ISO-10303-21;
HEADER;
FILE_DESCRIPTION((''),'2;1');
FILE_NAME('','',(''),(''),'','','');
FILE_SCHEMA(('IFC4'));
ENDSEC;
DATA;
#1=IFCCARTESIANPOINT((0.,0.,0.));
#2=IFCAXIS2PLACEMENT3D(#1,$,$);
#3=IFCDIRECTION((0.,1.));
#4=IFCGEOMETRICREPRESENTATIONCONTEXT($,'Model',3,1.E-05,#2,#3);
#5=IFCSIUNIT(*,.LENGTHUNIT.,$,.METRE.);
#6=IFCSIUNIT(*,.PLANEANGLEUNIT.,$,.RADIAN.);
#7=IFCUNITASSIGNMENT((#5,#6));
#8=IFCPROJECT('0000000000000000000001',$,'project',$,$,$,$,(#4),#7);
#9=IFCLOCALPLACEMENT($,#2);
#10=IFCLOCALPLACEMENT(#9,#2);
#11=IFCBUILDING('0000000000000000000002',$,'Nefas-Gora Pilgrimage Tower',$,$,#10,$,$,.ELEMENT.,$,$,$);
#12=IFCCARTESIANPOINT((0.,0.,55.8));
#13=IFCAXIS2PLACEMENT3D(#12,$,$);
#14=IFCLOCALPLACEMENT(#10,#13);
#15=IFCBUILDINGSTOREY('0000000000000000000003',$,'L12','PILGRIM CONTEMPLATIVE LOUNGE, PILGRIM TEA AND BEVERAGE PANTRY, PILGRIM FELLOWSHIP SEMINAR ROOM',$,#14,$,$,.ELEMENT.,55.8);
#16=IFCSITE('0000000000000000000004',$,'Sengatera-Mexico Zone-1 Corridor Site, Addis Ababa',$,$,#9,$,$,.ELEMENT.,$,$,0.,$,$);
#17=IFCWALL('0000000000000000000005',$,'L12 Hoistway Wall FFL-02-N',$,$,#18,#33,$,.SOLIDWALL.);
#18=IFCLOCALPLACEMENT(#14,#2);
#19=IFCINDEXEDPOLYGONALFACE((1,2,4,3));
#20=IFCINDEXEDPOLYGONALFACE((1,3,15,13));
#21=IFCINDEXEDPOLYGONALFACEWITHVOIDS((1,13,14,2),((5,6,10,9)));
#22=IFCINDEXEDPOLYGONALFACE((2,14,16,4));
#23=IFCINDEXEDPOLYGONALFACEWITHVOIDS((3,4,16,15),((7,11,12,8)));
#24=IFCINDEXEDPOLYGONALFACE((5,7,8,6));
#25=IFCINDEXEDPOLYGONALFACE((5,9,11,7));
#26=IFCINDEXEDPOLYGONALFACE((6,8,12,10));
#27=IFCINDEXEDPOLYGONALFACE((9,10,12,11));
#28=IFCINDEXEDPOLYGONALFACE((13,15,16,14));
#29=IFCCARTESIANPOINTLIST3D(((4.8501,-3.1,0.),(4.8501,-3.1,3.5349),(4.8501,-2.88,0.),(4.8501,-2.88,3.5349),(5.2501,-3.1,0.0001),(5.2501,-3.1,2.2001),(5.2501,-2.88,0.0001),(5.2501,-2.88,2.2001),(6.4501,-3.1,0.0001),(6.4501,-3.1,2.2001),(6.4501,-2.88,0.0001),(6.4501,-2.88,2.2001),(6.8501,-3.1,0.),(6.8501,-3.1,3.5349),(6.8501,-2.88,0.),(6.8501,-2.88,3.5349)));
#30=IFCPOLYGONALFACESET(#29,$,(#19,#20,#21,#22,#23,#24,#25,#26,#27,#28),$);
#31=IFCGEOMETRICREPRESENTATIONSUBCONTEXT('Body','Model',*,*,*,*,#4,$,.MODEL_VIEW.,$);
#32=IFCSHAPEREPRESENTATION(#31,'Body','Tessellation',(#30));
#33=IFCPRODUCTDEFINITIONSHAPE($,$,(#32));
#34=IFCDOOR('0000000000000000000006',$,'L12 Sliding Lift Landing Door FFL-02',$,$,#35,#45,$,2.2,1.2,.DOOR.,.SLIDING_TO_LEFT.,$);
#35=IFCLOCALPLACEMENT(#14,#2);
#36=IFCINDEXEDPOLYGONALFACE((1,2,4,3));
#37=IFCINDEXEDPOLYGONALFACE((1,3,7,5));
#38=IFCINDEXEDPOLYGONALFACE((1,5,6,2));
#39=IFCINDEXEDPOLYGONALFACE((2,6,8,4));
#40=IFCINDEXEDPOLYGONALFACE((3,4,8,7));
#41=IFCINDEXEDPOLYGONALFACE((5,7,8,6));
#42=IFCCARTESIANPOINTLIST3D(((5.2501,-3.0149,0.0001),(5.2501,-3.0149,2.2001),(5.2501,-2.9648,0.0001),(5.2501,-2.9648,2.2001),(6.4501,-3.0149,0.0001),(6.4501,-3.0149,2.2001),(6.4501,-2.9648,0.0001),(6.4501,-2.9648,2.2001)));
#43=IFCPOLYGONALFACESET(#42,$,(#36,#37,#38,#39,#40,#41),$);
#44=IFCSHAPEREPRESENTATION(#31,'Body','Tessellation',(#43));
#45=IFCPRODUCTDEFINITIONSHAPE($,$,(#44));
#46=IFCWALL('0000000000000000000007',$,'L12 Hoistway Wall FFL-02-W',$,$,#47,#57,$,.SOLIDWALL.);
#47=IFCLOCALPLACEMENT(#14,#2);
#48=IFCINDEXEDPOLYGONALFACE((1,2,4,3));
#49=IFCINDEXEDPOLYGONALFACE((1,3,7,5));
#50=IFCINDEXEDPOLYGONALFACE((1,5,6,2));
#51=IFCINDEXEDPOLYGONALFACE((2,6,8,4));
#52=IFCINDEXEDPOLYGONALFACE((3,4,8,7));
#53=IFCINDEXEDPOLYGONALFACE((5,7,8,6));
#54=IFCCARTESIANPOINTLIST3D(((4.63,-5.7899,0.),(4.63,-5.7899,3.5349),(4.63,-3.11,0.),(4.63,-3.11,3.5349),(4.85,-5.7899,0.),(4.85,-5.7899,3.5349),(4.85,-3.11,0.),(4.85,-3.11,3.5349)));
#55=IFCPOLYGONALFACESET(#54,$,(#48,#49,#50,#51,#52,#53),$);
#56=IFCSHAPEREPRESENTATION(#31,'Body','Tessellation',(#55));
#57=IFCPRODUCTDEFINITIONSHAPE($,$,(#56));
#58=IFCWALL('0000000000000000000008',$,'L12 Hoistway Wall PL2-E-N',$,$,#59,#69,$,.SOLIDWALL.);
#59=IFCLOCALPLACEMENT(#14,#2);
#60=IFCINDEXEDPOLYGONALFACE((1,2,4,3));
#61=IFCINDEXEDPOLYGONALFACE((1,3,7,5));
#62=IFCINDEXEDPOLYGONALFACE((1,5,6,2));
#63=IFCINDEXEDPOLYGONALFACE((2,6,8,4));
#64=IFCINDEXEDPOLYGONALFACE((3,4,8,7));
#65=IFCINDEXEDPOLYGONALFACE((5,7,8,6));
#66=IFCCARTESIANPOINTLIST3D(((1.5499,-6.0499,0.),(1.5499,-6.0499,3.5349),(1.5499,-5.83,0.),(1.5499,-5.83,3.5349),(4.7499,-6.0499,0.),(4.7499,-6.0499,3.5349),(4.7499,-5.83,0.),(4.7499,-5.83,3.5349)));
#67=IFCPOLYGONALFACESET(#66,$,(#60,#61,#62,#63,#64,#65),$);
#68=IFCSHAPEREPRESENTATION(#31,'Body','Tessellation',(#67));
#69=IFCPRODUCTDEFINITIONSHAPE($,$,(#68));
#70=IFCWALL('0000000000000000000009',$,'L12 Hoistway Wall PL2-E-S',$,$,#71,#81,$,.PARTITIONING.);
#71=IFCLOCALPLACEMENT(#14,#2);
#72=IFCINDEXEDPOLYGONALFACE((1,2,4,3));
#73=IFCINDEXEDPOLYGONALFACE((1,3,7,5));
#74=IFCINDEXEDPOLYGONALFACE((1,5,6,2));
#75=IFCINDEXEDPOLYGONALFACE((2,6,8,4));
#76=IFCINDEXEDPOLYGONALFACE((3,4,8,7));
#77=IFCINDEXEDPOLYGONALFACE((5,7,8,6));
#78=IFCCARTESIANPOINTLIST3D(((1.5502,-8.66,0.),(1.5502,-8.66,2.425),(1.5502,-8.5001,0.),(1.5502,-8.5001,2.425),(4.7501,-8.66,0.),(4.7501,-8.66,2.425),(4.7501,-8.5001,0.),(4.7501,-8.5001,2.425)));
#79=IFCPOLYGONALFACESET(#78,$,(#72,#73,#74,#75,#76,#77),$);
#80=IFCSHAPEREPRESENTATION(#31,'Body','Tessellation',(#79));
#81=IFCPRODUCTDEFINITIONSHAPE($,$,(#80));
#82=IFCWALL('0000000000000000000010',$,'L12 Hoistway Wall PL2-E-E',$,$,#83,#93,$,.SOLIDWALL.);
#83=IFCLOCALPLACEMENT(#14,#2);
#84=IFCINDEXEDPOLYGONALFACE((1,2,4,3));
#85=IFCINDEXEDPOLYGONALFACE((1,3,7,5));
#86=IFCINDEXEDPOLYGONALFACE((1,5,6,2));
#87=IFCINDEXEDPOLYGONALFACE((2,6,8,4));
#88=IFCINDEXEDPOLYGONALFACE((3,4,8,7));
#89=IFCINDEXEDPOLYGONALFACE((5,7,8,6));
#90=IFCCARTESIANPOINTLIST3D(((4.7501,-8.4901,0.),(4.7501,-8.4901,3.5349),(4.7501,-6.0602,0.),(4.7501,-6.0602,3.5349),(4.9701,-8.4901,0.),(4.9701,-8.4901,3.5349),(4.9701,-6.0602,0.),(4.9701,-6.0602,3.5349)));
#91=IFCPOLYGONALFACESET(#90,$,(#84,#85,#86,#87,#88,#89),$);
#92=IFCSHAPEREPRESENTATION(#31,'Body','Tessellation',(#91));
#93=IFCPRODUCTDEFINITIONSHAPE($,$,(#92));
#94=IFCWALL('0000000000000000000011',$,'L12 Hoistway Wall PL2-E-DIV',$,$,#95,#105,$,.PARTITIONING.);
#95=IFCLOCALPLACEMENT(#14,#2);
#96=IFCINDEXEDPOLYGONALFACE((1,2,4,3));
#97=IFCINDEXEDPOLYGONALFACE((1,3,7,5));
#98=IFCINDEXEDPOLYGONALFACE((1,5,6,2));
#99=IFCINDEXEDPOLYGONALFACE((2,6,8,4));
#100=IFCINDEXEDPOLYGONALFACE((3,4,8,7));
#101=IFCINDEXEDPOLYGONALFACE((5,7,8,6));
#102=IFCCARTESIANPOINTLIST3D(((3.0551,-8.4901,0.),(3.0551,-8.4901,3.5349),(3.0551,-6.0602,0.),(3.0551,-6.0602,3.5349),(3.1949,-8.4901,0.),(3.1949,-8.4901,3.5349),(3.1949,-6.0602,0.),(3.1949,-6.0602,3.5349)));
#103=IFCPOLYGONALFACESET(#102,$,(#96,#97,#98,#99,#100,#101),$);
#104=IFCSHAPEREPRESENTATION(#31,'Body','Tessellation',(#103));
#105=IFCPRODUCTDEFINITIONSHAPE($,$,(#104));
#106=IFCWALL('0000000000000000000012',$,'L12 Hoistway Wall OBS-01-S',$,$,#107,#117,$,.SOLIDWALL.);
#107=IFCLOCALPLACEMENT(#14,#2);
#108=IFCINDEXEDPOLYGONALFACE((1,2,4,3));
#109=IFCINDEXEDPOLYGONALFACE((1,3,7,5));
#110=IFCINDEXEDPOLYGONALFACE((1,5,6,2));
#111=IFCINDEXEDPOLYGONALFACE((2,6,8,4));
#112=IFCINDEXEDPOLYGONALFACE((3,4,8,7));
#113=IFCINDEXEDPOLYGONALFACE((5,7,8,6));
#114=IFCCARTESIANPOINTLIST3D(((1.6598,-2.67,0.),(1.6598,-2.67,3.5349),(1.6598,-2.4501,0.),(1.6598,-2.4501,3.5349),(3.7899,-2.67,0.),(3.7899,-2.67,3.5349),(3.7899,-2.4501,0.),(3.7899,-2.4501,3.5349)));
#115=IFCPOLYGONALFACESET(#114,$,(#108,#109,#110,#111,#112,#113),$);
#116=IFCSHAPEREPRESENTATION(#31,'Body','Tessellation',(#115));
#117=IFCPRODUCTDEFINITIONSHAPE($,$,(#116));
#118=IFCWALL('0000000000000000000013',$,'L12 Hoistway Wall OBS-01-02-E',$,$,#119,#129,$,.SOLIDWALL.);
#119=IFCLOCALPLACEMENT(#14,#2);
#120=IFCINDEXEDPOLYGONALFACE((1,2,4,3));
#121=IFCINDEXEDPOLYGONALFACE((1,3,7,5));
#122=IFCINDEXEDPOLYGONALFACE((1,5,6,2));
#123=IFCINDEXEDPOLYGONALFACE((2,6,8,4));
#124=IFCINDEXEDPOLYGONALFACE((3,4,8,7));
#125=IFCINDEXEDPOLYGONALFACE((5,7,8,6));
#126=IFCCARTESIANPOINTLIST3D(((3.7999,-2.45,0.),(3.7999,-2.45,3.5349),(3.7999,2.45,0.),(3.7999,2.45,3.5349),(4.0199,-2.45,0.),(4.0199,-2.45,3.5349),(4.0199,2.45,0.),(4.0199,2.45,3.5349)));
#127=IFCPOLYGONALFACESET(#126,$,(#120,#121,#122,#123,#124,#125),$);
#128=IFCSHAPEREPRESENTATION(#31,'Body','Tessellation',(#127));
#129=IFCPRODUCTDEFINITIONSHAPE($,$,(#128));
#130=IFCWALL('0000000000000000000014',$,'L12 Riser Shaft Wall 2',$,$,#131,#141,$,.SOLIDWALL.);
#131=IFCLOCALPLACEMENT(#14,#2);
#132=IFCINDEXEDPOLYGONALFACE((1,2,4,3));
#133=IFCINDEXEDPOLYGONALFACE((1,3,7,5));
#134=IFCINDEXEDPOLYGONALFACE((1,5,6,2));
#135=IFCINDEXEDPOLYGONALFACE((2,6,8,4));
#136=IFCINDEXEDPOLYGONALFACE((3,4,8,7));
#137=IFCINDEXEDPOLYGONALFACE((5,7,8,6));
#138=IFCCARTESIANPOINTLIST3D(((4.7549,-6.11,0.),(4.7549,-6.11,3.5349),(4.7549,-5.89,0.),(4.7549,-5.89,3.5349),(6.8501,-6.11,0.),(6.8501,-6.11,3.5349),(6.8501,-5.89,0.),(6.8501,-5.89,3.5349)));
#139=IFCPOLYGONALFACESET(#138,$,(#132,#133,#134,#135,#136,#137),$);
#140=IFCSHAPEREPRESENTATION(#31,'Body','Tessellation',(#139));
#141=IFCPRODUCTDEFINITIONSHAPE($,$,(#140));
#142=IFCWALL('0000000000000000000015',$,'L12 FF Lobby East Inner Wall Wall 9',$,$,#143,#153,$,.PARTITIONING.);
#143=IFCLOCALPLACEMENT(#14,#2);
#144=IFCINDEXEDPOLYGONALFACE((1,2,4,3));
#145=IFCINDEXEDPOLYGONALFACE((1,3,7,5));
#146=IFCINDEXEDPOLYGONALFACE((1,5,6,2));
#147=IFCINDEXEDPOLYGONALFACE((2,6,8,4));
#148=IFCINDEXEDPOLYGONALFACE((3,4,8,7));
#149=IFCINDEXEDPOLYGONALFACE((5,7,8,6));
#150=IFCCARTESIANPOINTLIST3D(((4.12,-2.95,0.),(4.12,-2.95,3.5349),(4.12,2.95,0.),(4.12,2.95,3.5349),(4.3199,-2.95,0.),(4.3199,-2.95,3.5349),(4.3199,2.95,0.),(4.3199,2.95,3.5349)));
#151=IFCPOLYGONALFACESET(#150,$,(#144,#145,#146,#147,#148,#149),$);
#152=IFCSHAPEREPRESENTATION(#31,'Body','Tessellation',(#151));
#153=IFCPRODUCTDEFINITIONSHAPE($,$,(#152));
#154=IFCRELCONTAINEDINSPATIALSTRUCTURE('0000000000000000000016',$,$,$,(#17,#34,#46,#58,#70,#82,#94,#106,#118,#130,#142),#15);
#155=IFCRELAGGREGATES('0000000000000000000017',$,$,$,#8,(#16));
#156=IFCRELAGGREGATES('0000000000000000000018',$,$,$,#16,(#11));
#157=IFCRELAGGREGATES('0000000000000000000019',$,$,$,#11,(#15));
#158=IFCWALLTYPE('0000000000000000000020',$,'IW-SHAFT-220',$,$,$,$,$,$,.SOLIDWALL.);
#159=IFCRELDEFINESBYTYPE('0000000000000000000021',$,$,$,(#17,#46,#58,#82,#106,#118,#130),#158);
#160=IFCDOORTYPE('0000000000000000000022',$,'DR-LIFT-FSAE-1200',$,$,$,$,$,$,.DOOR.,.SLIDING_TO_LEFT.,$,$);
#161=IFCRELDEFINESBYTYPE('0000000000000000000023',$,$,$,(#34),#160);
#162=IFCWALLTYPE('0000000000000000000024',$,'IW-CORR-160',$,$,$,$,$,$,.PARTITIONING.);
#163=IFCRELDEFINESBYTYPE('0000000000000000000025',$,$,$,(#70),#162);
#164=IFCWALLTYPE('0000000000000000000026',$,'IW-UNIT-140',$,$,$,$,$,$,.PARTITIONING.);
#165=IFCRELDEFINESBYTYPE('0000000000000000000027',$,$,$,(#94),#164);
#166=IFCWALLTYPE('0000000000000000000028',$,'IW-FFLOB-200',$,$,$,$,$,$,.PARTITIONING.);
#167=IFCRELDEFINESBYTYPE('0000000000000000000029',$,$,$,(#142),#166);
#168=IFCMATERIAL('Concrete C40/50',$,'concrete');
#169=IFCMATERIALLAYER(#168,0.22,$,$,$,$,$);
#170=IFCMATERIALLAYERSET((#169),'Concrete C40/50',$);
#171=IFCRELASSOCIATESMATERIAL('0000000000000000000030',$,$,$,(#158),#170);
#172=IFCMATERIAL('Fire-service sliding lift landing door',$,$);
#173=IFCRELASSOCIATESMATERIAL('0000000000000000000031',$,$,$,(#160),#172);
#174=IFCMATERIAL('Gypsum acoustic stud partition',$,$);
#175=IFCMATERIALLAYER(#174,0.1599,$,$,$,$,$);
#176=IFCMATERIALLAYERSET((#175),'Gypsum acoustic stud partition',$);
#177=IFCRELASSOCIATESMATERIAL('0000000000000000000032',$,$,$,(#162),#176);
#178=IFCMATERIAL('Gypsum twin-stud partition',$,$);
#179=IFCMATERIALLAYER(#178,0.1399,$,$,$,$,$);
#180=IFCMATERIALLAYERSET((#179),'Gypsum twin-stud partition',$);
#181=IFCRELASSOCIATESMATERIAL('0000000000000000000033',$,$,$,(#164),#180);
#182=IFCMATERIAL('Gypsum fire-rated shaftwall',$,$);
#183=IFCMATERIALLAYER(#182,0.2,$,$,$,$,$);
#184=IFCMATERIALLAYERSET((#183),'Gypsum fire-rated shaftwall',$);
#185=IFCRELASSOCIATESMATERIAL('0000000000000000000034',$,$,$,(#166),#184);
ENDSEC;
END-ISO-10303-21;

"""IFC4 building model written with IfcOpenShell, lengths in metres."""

from ifc_helpers import new_model, si_unit, direction, frame, frame_2d, origin, place, context, subcontext, project, spatial, rectangle, extrude, source, transform, mapped, material, layer, layer_set, type_object, element, fill, save


model = new_model("IFC4")

# Units and contexts
model_context = context("Model", 3, precision=1e-05, world=origin(), true_north=direction((0.0, 1.0)))
body_context = subcontext(model_context, "Body", "Model", "MODEL_VIEW")
ifc_project = project(units=[si_unit("LENGTHUNIT", "METRE"), si_unit("PLANEANGLEUNIT", "RADIAN")], contexts=[model_context])

# Site, building, storey
site_placement = place(None, origin())
site = spatial("IfcSite", under=ifc_project, at=site_placement, Name="Sengatera-Mexico Zone-1 Corridor Site, Addis Ababa", CompositionType="ELEMENT", RefElevation=0.0)
building_placement = place(site_placement, origin())
building = spatial("IfcBuilding", under=site, at=building_placement, Name="Nefas-Gora Pilgrimage Tower", CompositionType="ELEMENT")
storey_placement = place(building_placement, frame((0.0, 0.0, 55.8)))
storey = spatial("IfcBuildingStorey", under=building, at=storey_placement, Name="L12", Description="PILGRIM CONTEMPLATIVE LOUNGE, PILGRIM TEA AND BEVERAGE PANTRY, PILGRIM FELLOWSHIP SEMINAR ROOM", CompositionType="ELEMENT", Elevation=55.8)

# Wall, opening, door
ifc_material_1 = material(Name="Concrete C40/50", Category="concrete")
ifc_layer_1 = layer(ifc_material_1, 0.22)
ifc_layer_set_1 = layer_set([ifc_layer_1], Name="Concrete C40/50")
wall_type_1 = type_object("IfcWallType", Name="IW-SHAFT-220", PredefinedType="SOLIDWALL", material=ifc_layer_set_1)
shared_shape_1 = source(origin(), body_context, "Body", "SweptSolid", [
    extrude(rectangle(XDim=2.0, YDim=0.22, at=frame_2d((1.0, 0.0))), origin(), (0.0, 0.0, 1.0), 3.5349),
])
wall_1_placement = place(storey_placement, frame((6.8501, -2.99, 0.0), z_axis=(0.0, 0.0, 1.0), x_axis=(-1.0, 0.0, 0.0)))
wall_1 = element("IfcWall", 1, at=wall_1_placement, inside=storey, type_object=wall_type_1, Name="L12 Hoistway Wall FFL-02-N", PredefinedType="SOLIDWALL", context=body_context, shape_type="MappedRepresentation", body=[
    mapped(shared_shape_1, transform((0.0, 0.0, 0.0), x_axis=(1.0, 0.0, 0.0), y_axis=(0.0, 1.0, 0.0), z_axis=(0.0, 0.0, 1.0), scale=1.0)),
])
opening_1_placement = place(wall_1_placement, frame((0.3999, 0.0, 0.0)))
opening_1 = element("IfcOpeningElement", 2, at=opening_1_placement, cuts=wall_1, PredefinedType="OPENING", context=body_context, shape_type="SweptSolid", body=[
    extrude(rectangle(XDim=1.2, YDim=2.2, at=frame_2d((0.6001, 1.1001))), frame((0.0, 0.1199, 0.0), z_axis=(0.0, -1.0, 0.0), x_axis=(1.0, 0.0, 0.0)), (0.0, 0.0, 1.0), 0.24),
])
ifc_material_2 = material(Name="Fire-service sliding lift landing door")
door_type_1 = type_object("IfcDoorType", Name="DR-LIFT-FSAE-1200", OperationType="SLIDING_TO_LEFT", PredefinedType="DOOR", material=ifc_material_2)
shared_shape_2 = source(origin(), body_context, "Body", "SweptSolid", [
    extrude(rectangle(XDim=1.2, YDim=2.2, at=frame_2d((0.6001, 1.1001))), frame((0.0, 0.0249, 0.0), z_axis=(0.0, -1.0, 0.0), x_axis=(1.0, 0.0, 0.0)), (0.0, 0.0, 1.0), 0.05),
])
door_1_placement = place(opening_1_placement, origin())
door_1 = element("IfcDoor", 3, at=door_1_placement, inside=storey, type_object=door_type_1, Name="L12 Sliding Lift Landing Door FFL-02", OperationType="SLIDING_TO_LEFT", OverallHeight=2.2, OverallWidth=1.2, PredefinedType="DOOR", context=body_context, shape_type="MappedRepresentation", body=[
    mapped(shared_shape_2, transform((0.0, 0.0, 0.0), x_axis=(1.0, 0.0, 0.0), y_axis=(0.0, 1.0, 0.0), z_axis=(0.0, 0.0, 1.0), scale=1.0)),
])
fill(opening_1, door_1)

# Walls
shared_shape_3 = source(origin(), body_context, "Body", "SweptSolid", [
    extrude(rectangle(XDim=2.6799, YDim=0.22, at=frame_2d((1.3398, 0.0))), origin(), (0.0, 0.0, 1.0), 3.5349),
])
wall_2_placement = place(storey_placement, frame((4.74, -3.1101, 0.0), z_axis=(0.0, 0.0, 1.0), x_axis=(0.0, -1.0, 0.0)))
element("IfcWall", 4, at=wall_2_placement, inside=storey, type_object=wall_type_1, Name="L12 Hoistway Wall FFL-02-W", PredefinedType="SOLIDWALL", context=body_context, shape_type="MappedRepresentation", body=[
    mapped(shared_shape_3, transform((0.0, 0.0, 0.0), x_axis=(1.0, 0.0, 0.0), y_axis=(0.0, 1.0, 0.0), z_axis=(0.0, 0.0, 1.0), scale=1.0)),
])
shared_shape_4 = source(origin(), body_context, "Body", "SweptSolid", [
    extrude(rectangle(XDim=3.2, YDim=0.22, at=frame_2d((1.6001, 0.0))), origin(), (0.0, 0.0, 1.0), 3.5349),
])
wall_3_placement = place(storey_placement, frame((4.75, -5.9399, 0.0), z_axis=(0.0, 0.0, 1.0), x_axis=(-1.0, 0.0, 0.0)))
element("IfcWall", 5, at=wall_3_placement, inside=storey, type_object=wall_type_1, Name="L12 Hoistway Wall PL2-E-N", PredefinedType="SOLIDWALL", context=body_context, shape_type="MappedRepresentation", body=[
    mapped(shared_shape_4, transform((0.0, 0.0, 0.0), x_axis=(1.0, 0.0, 0.0), y_axis=(0.0, 1.0, 0.0), z_axis=(0.0, 0.0, 1.0), scale=1.0)),
])
ifc_material_3 = material(Name="Gypsum acoustic stud partition")
ifc_layer_2 = layer(ifc_material_3, 0.1599)
ifc_layer_set_2 = layer_set([ifc_layer_2], Name="Gypsum acoustic stud partition")
wall_type_2 = type_object("IfcWallType", Name="IW-CORR-160", PredefinedType="PARTITIONING", material=ifc_layer_set_2)
shared_shape_5 = source(origin(), body_context, "Body", "SweptSolid", [
    extrude(rectangle(XDim=3.2, YDim=0.1599, at=frame_2d((1.6001, 0.0))), origin(), (0.0, 0.0, 1.0), 2.425),
])
wall_4_placement = place(storey_placement, frame((1.55, -8.5801, 0.0), z_axis=(0.0, 0.0, 1.0), x_axis=(1.0, 0.0, 0.0)))
element("IfcWall", 6, at=wall_4_placement, inside=storey, type_object=wall_type_2, Name="L12 Hoistway Wall PL2-E-S", PredefinedType="PARTITIONING", context=body_context, shape_type="MappedRepresentation", body=[
    mapped(shared_shape_5, transform((0.0, 0.0, 0.0), x_axis=(1.0, 0.0, 0.0), y_axis=(0.0, 1.0, 0.0), z_axis=(0.0, 0.0, 1.0), scale=1.0)),
])
shared_shape_6 = source(origin(), body_context, "Body", "SweptSolid", [
    extrude(rectangle(XDim=2.4299, YDim=0.22, at=frame_2d((1.2148, 0.0))), origin(), (0.0, 0.0, 1.0), 3.5349),
])
wall_5_placement = place(storey_placement, frame((4.8601, -8.49, 0.0), z_axis=(0.0, 0.0, 1.0), x_axis=(0.0, 1.0, 0.0)))
element("IfcWall", 7, at=wall_5_placement, inside=storey, type_object=wall_type_1, Name="L12 Hoistway Wall PL2-E-E", PredefinedType="SOLIDWALL", context=body_context, shape_type="MappedRepresentation", body=[
    mapped(shared_shape_6, transform((0.0, 0.0, 0.0), x_axis=(1.0, 0.0, 0.0), y_axis=(0.0, 1.0, 0.0), z_axis=(0.0, 0.0, 1.0), scale=1.0)),
])
ifc_material_4 = material(Name="Gypsum twin-stud partition")
ifc_layer_3 = layer(ifc_material_4, 0.1399)
ifc_layer_set_3 = layer_set([ifc_layer_3], Name="Gypsum twin-stud partition")
wall_type_3 = type_object("IfcWallType", Name="IW-UNIT-140", PredefinedType="PARTITIONING", material=ifc_layer_set_3)
shared_shape_7 = source(origin(), body_context, "Body", "SweptSolid", [
    extrude(rectangle(XDim=2.4299, YDim=0.1399, at=frame_2d((1.2148, 0.0))), origin(), (0.0, 0.0, 1.0), 3.5349),
])
wall_6_placement = place(storey_placement, frame((3.125, -8.49, 0.0), z_axis=(0.0, 0.0, 1.0), x_axis=(0.0, 1.0, 0.0)))
element("IfcWall", 8, at=wall_6_placement, inside=storey, type_object=wall_type_3, Name="L12 Hoistway Wall PL2-E-DIV", PredefinedType="PARTITIONING", context=body_context, shape_type="MappedRepresentation", body=[
    mapped(shared_shape_7, transform((0.0, 0.0, 0.0), x_axis=(1.0, 0.0, 0.0), y_axis=(0.0, 1.0, 0.0), z_axis=(0.0, 0.0, 1.0), scale=1.0)),
])
shared_shape_8 = source(origin(), body_context, "Body", "SweptSolid", [
    extrude(rectangle(XDim=2.1301, YDim=0.22, at=frame_2d((1.0649, 0.0))), origin(), (0.0, 0.0, 1.0), 3.5349),
])
wall_7_placement = place(storey_placement, frame((1.6599, -2.5601, 0.0), z_axis=(0.0, 0.0, 1.0), x_axis=(1.0, 0.0, 0.0)))
element("IfcWall", 9, at=wall_7_placement, inside=storey, type_object=wall_type_1, Name="L12 Hoistway Wall OBS-01-S", PredefinedType="SOLIDWALL", context=body_context, shape_type="MappedRepresentation", body=[
    mapped(shared_shape_8, transform((0.0, 0.0, 0.0), x_axis=(1.0, 0.0, 0.0), y_axis=(0.0, 1.0, 0.0), z_axis=(0.0, 0.0, 1.0), scale=1.0)),
])
shared_shape_9 = source(origin(), body_context, "Body", "SweptSolid", [
    extrude(rectangle(XDim=4.8999, YDim=0.22, at=frame_2d((2.45, 0.0))), origin(), (0.0, 0.0, 1.0), 3.5349),
])
wall_8_placement = place(storey_placement, frame((3.9099, -2.45, 0.0), z_axis=(0.0, 0.0, 1.0), x_axis=(0.0, 1.0, 0.0)))
element("IfcWall", 10, at=wall_8_placement, inside=storey, type_object=wall_type_1, Name="L12 Hoistway Wall OBS-01-02-E", PredefinedType="SOLIDWALL", context=body_context, shape_type="MappedRepresentation", body=[
    mapped(shared_shape_9, transform((0.0, 0.0, 0.0), x_axis=(1.0, 0.0, 0.0), y_axis=(0.0, 1.0, 0.0), z_axis=(0.0, 0.0, 1.0), scale=1.0)),
])
shared_shape_10 = source(origin(), body_context, "Body", "SweptSolid", [
    extrude(rectangle(XDim=2.0952, YDim=0.22, at=frame_2d((1.0476, 0.0))), origin(), (0.0, 0.0, 1.0), 3.5349),
])
wall_9_placement = place(storey_placement, frame((4.7549, -6.0, 0.0), z_axis=(0.0, 0.0, 1.0), x_axis=(1.0, 0.0, 0.0)))
element("IfcWall", 11, at=wall_9_placement, inside=storey, type_object=wall_type_1, Name="L12 Riser Shaft Wall 2", PredefinedType="SOLIDWALL", context=body_context, shape_type="MappedRepresentation", body=[
    mapped(shared_shape_10, transform((0.0, 0.0, 0.0), x_axis=(1.0, 0.0, 0.0), y_axis=(0.0, 1.0, 0.0), z_axis=(0.0, 0.0, 1.0), scale=1.0)),
])

# Shared definitions
ifc_material_5 = material(Name="Gypsum fire-rated shaftwall")
ifc_layer_4 = layer(ifc_material_5, 0.2)
ifc_layer_set_4 = layer_set([ifc_layer_4], Name="Gypsum fire-rated shaftwall")
wall_type_4 = type_object("IfcWallType", Name="IW-FFLOB-200", PredefinedType="PARTITIONING", material=ifc_layer_set_4)

# Wall
shared_shape_11 = source(origin(), body_context, "Body", "SweptSolid", [
    extrude(rectangle(XDim=5.8999, YDim=0.2, at=frame_2d((2.95, 0.0))), origin(), (0.0, 0.0, 1.0), 3.5349),
])
wall_10_placement = place(storey_placement, frame((4.22, -2.95, 0.0), z_axis=(0.0, 0.0, 1.0), x_axis=(0.0, 1.0, 0.0)))
element("IfcWall", 12, at=wall_10_placement, inside=storey, type_object=wall_type_4, Name="L12 FF Lobby East Inner Wall Wall 9", PredefinedType="PARTITIONING", context=body_context, shape_type="MappedRepresentation", body=[
    mapped(shared_shape_11, transform((0.0, 0.0, 0.0), x_axis=(1.0, 0.0, 0.0), y_axis=(0.0, 1.0, 0.0), z_axis=(0.0, 0.0, 1.0), scale=1.0)),
])

save(model, "model.ifc")
